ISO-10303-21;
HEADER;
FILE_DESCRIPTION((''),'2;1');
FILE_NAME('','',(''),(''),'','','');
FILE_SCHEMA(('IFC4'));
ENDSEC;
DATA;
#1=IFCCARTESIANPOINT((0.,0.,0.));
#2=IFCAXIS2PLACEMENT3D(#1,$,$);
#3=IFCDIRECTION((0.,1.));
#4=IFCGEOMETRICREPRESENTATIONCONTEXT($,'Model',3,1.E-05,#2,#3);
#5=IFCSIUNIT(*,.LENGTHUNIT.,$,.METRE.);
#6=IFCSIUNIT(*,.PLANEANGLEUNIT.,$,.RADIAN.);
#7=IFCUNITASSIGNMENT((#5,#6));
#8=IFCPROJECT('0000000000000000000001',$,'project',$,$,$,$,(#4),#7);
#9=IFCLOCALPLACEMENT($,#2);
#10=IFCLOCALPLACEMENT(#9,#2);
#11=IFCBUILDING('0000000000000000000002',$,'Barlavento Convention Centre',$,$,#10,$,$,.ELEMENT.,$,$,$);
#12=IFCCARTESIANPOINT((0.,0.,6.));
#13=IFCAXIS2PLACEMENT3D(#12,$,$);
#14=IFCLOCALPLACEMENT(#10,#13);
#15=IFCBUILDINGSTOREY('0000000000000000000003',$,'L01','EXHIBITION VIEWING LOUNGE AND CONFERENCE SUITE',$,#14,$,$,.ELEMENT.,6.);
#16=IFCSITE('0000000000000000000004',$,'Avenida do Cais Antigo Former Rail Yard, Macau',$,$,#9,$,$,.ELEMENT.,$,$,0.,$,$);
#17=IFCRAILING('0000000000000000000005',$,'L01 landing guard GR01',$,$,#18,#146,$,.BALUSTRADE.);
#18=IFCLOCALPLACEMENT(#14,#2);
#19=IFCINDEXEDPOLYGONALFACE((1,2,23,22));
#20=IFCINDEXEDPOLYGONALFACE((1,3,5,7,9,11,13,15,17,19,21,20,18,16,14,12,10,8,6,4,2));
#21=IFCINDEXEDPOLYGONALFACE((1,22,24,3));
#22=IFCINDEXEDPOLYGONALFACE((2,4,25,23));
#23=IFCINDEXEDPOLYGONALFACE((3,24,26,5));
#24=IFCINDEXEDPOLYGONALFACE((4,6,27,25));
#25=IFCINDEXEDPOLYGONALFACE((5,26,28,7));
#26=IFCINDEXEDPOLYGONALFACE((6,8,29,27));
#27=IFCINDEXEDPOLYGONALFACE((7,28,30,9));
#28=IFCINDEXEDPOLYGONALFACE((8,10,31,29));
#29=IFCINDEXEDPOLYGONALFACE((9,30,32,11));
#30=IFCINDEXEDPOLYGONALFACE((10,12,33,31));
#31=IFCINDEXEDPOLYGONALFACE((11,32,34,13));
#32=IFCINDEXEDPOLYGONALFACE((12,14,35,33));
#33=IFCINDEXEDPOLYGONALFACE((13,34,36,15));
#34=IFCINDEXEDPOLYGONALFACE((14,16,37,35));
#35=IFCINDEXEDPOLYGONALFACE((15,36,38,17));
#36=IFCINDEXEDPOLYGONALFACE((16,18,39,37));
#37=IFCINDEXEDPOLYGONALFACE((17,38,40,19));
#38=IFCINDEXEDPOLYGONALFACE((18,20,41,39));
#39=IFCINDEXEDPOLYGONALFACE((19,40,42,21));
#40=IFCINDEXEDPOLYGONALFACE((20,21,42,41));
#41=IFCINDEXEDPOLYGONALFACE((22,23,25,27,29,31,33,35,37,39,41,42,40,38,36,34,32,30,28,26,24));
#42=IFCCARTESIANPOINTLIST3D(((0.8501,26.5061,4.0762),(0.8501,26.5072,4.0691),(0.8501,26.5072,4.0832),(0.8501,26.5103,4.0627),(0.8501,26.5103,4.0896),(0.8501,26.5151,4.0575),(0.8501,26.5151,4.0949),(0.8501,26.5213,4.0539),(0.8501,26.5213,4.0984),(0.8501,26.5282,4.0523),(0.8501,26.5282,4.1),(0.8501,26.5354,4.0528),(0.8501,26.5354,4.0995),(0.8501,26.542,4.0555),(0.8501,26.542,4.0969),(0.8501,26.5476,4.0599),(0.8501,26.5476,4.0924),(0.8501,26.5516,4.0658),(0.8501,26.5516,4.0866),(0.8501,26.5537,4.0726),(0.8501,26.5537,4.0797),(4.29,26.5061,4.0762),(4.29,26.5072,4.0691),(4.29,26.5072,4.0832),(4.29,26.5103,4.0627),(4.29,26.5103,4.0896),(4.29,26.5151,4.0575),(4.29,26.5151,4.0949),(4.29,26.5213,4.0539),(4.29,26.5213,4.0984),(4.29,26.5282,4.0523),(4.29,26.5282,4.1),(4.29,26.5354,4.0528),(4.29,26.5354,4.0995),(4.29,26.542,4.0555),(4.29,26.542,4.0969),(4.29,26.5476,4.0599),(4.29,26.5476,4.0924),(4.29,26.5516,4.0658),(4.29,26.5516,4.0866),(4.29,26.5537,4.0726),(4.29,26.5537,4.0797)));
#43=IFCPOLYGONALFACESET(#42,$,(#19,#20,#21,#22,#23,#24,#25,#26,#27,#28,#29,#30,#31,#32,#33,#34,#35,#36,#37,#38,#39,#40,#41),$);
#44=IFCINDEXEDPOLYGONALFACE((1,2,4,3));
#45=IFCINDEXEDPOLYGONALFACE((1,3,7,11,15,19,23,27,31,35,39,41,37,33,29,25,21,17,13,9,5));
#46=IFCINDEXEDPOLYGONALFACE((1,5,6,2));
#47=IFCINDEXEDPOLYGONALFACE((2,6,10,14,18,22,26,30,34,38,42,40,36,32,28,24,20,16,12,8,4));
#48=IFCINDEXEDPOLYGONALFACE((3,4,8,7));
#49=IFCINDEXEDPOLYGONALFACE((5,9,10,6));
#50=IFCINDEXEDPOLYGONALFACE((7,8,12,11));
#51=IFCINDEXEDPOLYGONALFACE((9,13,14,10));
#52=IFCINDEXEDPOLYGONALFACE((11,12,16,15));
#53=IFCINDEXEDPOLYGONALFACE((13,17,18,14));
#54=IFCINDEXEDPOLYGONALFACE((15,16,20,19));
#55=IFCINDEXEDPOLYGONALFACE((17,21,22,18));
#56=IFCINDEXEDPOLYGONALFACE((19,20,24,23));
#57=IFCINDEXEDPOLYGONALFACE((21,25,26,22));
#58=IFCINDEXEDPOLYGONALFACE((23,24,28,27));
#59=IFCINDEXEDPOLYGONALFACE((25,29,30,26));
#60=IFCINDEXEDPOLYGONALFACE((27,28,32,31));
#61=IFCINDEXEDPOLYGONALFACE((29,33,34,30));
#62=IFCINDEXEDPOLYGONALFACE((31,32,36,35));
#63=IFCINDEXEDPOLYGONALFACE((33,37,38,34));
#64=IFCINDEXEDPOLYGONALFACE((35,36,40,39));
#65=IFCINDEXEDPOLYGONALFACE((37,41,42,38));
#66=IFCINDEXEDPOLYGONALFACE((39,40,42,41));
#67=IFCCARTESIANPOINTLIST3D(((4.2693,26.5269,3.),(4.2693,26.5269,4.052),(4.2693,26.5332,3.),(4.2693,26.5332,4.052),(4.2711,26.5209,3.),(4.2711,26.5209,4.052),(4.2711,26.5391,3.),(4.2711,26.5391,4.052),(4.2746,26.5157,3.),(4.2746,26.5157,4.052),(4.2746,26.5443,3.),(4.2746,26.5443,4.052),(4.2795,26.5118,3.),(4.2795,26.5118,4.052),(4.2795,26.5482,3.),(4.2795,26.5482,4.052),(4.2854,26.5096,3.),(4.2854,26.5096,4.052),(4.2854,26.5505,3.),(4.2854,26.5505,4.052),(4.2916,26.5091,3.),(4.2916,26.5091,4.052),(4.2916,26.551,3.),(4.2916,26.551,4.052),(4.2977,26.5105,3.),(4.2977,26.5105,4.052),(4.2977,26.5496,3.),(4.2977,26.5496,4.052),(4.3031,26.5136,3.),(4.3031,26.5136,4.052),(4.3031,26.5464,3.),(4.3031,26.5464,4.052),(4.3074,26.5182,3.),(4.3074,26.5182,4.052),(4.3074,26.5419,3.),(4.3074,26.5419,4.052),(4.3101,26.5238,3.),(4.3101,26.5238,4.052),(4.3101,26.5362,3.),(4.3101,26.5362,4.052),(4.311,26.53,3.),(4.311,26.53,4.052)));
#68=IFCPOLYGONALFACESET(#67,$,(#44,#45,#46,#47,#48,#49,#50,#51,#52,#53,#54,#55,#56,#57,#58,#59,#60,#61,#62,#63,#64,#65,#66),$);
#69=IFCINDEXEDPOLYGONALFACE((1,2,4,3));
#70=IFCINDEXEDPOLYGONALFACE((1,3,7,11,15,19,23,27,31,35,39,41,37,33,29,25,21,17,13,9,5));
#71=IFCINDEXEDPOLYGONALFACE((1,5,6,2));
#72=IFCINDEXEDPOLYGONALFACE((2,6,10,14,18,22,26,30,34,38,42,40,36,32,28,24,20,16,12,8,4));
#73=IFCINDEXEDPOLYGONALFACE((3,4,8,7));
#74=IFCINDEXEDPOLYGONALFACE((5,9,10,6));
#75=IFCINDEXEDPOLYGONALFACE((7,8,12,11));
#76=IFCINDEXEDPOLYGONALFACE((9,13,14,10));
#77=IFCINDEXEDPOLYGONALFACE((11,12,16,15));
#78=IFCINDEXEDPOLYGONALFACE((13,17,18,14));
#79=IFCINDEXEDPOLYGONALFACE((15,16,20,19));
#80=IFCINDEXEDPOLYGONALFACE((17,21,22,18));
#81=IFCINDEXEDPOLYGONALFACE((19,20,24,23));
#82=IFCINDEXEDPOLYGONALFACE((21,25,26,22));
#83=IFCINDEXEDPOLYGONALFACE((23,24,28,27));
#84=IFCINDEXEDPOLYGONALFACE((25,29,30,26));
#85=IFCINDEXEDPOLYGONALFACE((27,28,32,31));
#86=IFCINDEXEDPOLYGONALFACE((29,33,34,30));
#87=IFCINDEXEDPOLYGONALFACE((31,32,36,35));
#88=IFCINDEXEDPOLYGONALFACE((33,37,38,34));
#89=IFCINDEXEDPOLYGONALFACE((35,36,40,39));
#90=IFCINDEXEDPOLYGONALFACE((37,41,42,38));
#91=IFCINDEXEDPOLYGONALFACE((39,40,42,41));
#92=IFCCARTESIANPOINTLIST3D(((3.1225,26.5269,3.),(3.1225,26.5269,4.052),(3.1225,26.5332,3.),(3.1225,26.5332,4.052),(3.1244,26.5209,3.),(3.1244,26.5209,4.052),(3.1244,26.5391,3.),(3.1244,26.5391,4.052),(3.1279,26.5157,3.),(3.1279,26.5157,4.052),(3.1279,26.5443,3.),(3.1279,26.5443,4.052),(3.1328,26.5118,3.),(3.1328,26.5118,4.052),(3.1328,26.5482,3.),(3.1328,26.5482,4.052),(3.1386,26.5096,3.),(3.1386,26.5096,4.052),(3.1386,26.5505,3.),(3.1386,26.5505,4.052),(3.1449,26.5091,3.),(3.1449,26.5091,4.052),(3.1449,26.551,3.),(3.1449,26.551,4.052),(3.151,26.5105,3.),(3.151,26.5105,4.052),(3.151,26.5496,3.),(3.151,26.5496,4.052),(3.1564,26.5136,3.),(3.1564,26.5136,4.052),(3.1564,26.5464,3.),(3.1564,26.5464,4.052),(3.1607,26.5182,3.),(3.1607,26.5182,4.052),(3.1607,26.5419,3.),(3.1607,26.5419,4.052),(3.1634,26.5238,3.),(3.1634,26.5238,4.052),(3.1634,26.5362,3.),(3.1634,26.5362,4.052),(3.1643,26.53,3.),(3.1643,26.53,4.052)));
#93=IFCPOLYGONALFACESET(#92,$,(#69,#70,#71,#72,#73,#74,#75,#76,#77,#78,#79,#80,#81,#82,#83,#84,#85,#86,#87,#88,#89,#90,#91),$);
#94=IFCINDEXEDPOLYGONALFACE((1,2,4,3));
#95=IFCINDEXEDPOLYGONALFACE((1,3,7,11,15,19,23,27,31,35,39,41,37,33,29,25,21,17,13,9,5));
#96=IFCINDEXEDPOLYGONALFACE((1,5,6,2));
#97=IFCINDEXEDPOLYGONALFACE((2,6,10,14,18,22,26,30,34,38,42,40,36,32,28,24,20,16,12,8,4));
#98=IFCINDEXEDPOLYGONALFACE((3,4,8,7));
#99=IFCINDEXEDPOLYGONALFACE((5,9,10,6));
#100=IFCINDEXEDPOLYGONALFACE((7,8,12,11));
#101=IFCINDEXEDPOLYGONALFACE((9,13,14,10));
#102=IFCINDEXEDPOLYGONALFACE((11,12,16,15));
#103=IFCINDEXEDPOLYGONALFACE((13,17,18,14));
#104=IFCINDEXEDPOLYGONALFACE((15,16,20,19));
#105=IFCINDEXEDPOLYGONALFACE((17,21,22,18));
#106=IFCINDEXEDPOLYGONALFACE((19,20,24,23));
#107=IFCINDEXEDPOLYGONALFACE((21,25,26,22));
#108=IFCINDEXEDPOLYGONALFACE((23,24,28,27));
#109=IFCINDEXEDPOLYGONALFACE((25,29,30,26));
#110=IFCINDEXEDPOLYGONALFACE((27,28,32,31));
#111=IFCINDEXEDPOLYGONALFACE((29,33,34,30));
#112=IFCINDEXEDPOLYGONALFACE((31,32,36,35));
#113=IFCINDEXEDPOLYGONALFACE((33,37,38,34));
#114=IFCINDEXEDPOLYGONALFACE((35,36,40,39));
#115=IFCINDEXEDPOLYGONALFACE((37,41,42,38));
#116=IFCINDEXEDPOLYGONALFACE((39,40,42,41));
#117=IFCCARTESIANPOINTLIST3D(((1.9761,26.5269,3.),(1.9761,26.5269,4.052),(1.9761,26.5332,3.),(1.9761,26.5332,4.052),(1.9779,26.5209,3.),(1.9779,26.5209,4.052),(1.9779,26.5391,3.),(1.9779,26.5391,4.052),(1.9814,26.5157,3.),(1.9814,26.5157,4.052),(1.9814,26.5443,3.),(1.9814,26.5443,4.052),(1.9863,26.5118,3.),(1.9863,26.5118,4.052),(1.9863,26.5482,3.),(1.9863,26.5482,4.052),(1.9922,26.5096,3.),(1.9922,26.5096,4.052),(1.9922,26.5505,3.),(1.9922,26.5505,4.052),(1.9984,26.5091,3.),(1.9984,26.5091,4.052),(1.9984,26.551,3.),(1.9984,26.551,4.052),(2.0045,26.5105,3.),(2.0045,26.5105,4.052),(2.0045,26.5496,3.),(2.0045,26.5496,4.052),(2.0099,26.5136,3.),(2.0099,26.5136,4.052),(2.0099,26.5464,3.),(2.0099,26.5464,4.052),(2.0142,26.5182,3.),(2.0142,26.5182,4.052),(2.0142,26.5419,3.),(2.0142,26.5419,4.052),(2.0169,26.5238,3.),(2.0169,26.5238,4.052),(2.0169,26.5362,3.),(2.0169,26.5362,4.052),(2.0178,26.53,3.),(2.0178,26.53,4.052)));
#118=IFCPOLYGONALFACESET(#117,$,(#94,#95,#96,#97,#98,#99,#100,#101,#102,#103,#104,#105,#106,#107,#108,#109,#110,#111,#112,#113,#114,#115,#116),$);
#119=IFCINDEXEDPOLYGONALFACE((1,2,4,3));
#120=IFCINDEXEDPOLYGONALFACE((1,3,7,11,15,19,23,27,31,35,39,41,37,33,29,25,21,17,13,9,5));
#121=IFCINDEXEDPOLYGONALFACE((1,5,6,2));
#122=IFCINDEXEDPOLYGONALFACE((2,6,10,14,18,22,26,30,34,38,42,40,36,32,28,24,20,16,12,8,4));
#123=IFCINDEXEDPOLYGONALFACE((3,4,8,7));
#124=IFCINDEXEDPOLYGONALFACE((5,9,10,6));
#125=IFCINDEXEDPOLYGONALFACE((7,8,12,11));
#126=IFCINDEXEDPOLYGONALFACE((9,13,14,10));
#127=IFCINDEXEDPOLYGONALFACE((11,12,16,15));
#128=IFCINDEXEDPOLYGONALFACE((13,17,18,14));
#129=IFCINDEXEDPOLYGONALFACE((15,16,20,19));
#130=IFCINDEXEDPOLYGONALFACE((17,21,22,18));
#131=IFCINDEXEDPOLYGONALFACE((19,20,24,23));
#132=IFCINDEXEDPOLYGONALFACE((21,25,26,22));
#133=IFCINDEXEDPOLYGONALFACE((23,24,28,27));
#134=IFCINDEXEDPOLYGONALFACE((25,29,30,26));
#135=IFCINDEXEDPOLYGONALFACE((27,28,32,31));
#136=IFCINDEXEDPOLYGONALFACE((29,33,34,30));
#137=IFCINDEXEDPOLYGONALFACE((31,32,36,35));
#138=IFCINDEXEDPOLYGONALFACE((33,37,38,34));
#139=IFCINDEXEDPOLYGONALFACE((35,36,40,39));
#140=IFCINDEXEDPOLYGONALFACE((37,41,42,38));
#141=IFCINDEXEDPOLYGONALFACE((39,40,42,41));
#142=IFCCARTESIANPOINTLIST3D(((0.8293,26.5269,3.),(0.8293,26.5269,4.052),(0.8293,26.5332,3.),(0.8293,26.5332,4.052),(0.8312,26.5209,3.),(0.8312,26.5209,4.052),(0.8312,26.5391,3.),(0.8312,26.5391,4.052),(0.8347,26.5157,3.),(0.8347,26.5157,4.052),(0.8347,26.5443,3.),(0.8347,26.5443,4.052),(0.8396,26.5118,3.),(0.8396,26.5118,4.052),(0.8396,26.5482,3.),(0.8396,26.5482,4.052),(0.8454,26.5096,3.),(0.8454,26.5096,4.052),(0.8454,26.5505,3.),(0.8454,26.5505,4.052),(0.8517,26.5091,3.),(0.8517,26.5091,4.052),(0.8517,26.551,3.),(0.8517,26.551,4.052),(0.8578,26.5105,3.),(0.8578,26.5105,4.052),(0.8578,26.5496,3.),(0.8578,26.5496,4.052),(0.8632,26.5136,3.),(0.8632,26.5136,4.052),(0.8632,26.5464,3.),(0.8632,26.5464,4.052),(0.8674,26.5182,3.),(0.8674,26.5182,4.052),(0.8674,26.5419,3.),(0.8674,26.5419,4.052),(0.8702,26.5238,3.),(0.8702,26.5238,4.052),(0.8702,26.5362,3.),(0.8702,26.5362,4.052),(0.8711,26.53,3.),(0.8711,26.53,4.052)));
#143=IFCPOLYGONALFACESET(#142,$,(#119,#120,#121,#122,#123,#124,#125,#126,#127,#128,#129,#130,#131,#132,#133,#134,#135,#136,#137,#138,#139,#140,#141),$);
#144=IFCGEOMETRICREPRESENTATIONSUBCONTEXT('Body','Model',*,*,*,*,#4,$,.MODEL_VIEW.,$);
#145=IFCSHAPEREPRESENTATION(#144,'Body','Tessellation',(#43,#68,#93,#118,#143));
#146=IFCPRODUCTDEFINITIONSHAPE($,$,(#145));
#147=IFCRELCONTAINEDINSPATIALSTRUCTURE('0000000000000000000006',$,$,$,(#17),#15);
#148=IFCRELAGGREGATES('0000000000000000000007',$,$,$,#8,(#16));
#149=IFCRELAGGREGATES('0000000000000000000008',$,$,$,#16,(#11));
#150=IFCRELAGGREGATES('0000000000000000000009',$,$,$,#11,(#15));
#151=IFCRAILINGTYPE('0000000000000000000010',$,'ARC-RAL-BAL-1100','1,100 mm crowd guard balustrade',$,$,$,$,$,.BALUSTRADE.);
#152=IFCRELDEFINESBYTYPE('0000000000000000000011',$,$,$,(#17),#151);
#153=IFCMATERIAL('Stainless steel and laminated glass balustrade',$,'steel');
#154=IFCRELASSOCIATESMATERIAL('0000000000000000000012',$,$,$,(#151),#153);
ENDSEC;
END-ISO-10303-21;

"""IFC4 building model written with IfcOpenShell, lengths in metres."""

from ifc_helpers import new_model, si_unit, direction, frame, origin, origin_2d, place, context, subcontext, project, spatial, circle, extrude, material, type_object, element, save


model = new_model("IFC4")

# Units and contexts
model_context = context("Model", 3, precision=1e-05, world=origin(), true_north=direction((0.0, 1.0)))
body_context = subcontext(model_context, "Body", "Model", "MODEL_VIEW")
ifc_project = project(units=[si_unit("LENGTHUNIT", "METRE"), si_unit("PLANEANGLEUNIT", "RADIAN")], contexts=[model_context])

# Site, building, storey
site_placement = place(None, origin())
site = spatial("IfcSite", under=ifc_project, at=site_placement, Name="Avenida do Cais Antigo Former Rail Yard, Macau", CompositionType="ELEMENT", RefElevation=0.0)
building_placement = place(site_placement, origin())
building = spatial("IfcBuilding", under=site, at=building_placement, Name="Barlavento Convention Centre", CompositionType="ELEMENT")
storey_placement = place(building_placement, frame((0.0, 0.0, 6.0)))
storey = spatial("IfcBuildingStorey", under=building, at=storey_placement, Name="L01", Description="EXHIBITION VIEWING LOUNGE AND CONFERENCE SUITE", CompositionType="ELEMENT", Elevation=6.0)

# Railing
ifc_material_1 = material(Name="Stainless steel and laminated glass balustrade", Category="steel")
railing_type_1 = type_object("IfcRailingType", Name="ARC-RAL-BAL-1100", Description="1,100 mm crowd guard balustrade", PredefinedType="BALUSTRADE", material=ifc_material_1)
railing_1_placement = place(storey_placement, frame((4.29, 26.53, 3.0)))
element("IfcRailing", 1, at=railing_1_placement, inside=storey, type_object=railing_type_1, Name="L01 landing guard GR01", PredefinedType="BALUSTRADE", context=body_context, shape_type="SweptSolid", body=[
    extrude(circle(Radius=0.0239, at=origin_2d()), frame((0.0, 0.0, 1.0762), z_axis=(-1.0, 0.0, 0.0), x_axis=(0.0, -1.0, 0.0)), (0.0, 0.0, 1.0), 3.4399),
    extrude(circle(Radius=0.021, at=origin_2d()), origin(), (0.0, 0.0, 1.0), 1.052),
    extrude(circle(Radius=0.021, at=origin_2d()), frame((-1.1467, 0.0, 0.0)), (0.0, 0.0, 1.0), 1.052),
    extrude(circle(Radius=0.021, at=origin_2d()), frame((-2.2932, 0.0, 0.0)), (0.0, 0.0, 1.0), 1.052),
    extrude(circle(Radius=0.021, at=origin_2d()), frame((-3.4399, 0.0, 0.0)), (0.0, 0.0, 1.0), 1.052),
])

save(model, "model.ifc")
